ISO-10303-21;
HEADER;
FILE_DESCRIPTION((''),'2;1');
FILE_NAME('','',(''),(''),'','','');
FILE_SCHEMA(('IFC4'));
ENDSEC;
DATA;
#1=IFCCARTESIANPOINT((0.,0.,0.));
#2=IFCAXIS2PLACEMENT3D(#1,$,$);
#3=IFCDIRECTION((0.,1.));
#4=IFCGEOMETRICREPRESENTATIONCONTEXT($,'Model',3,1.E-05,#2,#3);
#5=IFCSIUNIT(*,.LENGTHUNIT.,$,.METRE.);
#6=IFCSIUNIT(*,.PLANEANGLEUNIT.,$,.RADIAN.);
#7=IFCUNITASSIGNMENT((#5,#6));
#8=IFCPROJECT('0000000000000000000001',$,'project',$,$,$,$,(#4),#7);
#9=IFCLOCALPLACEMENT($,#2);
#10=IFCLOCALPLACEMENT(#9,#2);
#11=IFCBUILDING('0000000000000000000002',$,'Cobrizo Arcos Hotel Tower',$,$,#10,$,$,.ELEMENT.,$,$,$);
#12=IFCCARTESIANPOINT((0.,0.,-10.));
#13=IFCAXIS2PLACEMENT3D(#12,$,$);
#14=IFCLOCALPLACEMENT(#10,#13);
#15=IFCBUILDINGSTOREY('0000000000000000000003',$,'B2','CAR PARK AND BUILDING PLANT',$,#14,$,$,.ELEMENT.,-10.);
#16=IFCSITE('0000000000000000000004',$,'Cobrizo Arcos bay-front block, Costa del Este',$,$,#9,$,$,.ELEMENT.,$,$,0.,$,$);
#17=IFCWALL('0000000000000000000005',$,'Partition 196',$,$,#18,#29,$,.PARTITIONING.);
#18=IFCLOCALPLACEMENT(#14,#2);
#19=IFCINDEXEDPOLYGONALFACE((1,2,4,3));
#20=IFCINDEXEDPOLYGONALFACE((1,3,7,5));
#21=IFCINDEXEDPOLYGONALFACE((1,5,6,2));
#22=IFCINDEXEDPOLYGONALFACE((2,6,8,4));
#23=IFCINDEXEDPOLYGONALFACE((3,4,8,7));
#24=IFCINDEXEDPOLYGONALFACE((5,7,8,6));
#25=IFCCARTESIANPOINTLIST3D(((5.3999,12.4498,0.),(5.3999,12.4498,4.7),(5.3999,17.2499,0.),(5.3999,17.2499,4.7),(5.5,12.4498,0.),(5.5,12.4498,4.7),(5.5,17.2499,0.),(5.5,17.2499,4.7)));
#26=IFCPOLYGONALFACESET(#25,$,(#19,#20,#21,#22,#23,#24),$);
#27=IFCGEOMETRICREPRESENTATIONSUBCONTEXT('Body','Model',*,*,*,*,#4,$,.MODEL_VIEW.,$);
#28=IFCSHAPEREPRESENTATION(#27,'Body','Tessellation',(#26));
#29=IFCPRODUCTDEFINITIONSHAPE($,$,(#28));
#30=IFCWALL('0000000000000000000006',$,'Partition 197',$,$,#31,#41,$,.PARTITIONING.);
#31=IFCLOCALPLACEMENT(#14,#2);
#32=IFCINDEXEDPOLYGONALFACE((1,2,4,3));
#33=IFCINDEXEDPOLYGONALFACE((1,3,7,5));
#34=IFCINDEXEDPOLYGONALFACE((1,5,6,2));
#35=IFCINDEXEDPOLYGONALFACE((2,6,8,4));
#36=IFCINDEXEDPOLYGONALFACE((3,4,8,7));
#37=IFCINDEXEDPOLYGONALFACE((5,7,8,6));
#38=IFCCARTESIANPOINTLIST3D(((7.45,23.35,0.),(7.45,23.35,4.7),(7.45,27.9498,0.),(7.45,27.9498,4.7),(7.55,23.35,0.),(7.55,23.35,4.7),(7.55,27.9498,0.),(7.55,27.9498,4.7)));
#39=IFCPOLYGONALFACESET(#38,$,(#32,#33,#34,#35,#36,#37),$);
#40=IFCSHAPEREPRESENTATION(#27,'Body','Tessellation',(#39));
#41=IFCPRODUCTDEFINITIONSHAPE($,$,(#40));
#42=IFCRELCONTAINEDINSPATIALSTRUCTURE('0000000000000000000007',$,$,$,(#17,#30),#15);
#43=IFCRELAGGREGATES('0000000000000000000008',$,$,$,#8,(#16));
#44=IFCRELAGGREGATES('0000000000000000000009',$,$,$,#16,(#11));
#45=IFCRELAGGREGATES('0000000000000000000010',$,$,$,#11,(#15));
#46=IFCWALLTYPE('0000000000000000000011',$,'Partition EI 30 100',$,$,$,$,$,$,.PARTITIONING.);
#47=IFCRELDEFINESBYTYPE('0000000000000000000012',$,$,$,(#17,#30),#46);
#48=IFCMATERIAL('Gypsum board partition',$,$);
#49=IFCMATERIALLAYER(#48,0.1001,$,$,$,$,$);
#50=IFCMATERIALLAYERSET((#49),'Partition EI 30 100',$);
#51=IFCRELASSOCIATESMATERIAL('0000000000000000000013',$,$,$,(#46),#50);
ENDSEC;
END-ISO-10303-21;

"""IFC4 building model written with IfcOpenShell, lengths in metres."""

from ifc_helpers import new_model, si_unit, direction, frame, frame_2d, origin, place, context, subcontext, project, spatial, rectangle, extrude, material, layer, layer_set, type_object, element, save


model = new_model("IFC4")

# Units and contexts
model_context = context("Model", 3, precision=1e-05, world=origin(), true_north=direction((0.0, 1.0)))
body_context = subcontext(model_context, "Body", "Model", "MODEL_VIEW")
ifc_project = project(units=[si_unit("LENGTHUNIT", "METRE"), si_unit("PLANEANGLEUNIT", "RADIAN")], contexts=[model_context])

# Site, building, storey
site_placement = place(None, origin())
site = spatial("IfcSite", under=ifc_project, at=site_placement, Name="Cobrizo Arcos bay-front block, Costa del Este", CompositionType="ELEMENT", RefElevation=0.0)
building_placement = place(site_placement, origin())
building = spatial("IfcBuilding", under=site, at=building_placement, Name="Cobrizo Arcos Hotel Tower", CompositionType="ELEMENT")
storey_placement = place(building_placement, frame((0.0, 0.0, -10.0)))
storey = spatial("IfcBuildingStorey", under=building, at=storey_placement, Name="B2", Description="CAR PARK AND BUILDING PLANT", CompositionType="ELEMENT", Elevation=-10.0)

# Walls
ifc_material_1 = material(Name="Gypsum board partition")
ifc_layer = layer(ifc_material_1, 0.1001)
ifc_layer_set = layer_set([ifc_layer], Name="Partition EI 30 100")
wall_type = type_object("IfcWallType", Name="Partition EI 30 100", PredefinedType="PARTITIONING", material=ifc_layer_set)
for number, where, z_axis, x_axis, name in (
    (1, (5.45, 12.45, 0.0), (0.0, 0.0, 1.0), (0.0, 1.0, 0.0), "Partition 196"),
):
    element("IfcWall", number, at=place(storey_placement, frame(where, z_axis=z_axis, x_axis=x_axis)), inside=storey, type_object=wall_type, Name=name, PredefinedType="PARTITIONING", context=body_context, shape_type="SweptSolid", body=[
        extrude(rectangle(XDim=4.8, YDim=0.1001, at=frame_2d((2.3999, 0.0))), origin(), (0.0, 0.0, 1.0), 4.7),
    ])
wall_1_placement = place(storey_placement, frame((7.5, 23.3501, 0.0), z_axis=(0.0, 0.0, 1.0), x_axis=(0.0, 1.0, 0.0)))
element("IfcWall", 2, at=wall_1_placement, inside=storey, type_object=wall_type, Name="Partition 197", PredefinedType="PARTITIONING", context=body_context, shape_type="SweptSolid", body=[
    extrude(rectangle(XDim=4.5999, YDim=0.1001, at=frame_2d((2.2998, 0.0))), origin(), (0.0, 0.0, 1.0), 4.7),
])

save(model, "model.ifc")
